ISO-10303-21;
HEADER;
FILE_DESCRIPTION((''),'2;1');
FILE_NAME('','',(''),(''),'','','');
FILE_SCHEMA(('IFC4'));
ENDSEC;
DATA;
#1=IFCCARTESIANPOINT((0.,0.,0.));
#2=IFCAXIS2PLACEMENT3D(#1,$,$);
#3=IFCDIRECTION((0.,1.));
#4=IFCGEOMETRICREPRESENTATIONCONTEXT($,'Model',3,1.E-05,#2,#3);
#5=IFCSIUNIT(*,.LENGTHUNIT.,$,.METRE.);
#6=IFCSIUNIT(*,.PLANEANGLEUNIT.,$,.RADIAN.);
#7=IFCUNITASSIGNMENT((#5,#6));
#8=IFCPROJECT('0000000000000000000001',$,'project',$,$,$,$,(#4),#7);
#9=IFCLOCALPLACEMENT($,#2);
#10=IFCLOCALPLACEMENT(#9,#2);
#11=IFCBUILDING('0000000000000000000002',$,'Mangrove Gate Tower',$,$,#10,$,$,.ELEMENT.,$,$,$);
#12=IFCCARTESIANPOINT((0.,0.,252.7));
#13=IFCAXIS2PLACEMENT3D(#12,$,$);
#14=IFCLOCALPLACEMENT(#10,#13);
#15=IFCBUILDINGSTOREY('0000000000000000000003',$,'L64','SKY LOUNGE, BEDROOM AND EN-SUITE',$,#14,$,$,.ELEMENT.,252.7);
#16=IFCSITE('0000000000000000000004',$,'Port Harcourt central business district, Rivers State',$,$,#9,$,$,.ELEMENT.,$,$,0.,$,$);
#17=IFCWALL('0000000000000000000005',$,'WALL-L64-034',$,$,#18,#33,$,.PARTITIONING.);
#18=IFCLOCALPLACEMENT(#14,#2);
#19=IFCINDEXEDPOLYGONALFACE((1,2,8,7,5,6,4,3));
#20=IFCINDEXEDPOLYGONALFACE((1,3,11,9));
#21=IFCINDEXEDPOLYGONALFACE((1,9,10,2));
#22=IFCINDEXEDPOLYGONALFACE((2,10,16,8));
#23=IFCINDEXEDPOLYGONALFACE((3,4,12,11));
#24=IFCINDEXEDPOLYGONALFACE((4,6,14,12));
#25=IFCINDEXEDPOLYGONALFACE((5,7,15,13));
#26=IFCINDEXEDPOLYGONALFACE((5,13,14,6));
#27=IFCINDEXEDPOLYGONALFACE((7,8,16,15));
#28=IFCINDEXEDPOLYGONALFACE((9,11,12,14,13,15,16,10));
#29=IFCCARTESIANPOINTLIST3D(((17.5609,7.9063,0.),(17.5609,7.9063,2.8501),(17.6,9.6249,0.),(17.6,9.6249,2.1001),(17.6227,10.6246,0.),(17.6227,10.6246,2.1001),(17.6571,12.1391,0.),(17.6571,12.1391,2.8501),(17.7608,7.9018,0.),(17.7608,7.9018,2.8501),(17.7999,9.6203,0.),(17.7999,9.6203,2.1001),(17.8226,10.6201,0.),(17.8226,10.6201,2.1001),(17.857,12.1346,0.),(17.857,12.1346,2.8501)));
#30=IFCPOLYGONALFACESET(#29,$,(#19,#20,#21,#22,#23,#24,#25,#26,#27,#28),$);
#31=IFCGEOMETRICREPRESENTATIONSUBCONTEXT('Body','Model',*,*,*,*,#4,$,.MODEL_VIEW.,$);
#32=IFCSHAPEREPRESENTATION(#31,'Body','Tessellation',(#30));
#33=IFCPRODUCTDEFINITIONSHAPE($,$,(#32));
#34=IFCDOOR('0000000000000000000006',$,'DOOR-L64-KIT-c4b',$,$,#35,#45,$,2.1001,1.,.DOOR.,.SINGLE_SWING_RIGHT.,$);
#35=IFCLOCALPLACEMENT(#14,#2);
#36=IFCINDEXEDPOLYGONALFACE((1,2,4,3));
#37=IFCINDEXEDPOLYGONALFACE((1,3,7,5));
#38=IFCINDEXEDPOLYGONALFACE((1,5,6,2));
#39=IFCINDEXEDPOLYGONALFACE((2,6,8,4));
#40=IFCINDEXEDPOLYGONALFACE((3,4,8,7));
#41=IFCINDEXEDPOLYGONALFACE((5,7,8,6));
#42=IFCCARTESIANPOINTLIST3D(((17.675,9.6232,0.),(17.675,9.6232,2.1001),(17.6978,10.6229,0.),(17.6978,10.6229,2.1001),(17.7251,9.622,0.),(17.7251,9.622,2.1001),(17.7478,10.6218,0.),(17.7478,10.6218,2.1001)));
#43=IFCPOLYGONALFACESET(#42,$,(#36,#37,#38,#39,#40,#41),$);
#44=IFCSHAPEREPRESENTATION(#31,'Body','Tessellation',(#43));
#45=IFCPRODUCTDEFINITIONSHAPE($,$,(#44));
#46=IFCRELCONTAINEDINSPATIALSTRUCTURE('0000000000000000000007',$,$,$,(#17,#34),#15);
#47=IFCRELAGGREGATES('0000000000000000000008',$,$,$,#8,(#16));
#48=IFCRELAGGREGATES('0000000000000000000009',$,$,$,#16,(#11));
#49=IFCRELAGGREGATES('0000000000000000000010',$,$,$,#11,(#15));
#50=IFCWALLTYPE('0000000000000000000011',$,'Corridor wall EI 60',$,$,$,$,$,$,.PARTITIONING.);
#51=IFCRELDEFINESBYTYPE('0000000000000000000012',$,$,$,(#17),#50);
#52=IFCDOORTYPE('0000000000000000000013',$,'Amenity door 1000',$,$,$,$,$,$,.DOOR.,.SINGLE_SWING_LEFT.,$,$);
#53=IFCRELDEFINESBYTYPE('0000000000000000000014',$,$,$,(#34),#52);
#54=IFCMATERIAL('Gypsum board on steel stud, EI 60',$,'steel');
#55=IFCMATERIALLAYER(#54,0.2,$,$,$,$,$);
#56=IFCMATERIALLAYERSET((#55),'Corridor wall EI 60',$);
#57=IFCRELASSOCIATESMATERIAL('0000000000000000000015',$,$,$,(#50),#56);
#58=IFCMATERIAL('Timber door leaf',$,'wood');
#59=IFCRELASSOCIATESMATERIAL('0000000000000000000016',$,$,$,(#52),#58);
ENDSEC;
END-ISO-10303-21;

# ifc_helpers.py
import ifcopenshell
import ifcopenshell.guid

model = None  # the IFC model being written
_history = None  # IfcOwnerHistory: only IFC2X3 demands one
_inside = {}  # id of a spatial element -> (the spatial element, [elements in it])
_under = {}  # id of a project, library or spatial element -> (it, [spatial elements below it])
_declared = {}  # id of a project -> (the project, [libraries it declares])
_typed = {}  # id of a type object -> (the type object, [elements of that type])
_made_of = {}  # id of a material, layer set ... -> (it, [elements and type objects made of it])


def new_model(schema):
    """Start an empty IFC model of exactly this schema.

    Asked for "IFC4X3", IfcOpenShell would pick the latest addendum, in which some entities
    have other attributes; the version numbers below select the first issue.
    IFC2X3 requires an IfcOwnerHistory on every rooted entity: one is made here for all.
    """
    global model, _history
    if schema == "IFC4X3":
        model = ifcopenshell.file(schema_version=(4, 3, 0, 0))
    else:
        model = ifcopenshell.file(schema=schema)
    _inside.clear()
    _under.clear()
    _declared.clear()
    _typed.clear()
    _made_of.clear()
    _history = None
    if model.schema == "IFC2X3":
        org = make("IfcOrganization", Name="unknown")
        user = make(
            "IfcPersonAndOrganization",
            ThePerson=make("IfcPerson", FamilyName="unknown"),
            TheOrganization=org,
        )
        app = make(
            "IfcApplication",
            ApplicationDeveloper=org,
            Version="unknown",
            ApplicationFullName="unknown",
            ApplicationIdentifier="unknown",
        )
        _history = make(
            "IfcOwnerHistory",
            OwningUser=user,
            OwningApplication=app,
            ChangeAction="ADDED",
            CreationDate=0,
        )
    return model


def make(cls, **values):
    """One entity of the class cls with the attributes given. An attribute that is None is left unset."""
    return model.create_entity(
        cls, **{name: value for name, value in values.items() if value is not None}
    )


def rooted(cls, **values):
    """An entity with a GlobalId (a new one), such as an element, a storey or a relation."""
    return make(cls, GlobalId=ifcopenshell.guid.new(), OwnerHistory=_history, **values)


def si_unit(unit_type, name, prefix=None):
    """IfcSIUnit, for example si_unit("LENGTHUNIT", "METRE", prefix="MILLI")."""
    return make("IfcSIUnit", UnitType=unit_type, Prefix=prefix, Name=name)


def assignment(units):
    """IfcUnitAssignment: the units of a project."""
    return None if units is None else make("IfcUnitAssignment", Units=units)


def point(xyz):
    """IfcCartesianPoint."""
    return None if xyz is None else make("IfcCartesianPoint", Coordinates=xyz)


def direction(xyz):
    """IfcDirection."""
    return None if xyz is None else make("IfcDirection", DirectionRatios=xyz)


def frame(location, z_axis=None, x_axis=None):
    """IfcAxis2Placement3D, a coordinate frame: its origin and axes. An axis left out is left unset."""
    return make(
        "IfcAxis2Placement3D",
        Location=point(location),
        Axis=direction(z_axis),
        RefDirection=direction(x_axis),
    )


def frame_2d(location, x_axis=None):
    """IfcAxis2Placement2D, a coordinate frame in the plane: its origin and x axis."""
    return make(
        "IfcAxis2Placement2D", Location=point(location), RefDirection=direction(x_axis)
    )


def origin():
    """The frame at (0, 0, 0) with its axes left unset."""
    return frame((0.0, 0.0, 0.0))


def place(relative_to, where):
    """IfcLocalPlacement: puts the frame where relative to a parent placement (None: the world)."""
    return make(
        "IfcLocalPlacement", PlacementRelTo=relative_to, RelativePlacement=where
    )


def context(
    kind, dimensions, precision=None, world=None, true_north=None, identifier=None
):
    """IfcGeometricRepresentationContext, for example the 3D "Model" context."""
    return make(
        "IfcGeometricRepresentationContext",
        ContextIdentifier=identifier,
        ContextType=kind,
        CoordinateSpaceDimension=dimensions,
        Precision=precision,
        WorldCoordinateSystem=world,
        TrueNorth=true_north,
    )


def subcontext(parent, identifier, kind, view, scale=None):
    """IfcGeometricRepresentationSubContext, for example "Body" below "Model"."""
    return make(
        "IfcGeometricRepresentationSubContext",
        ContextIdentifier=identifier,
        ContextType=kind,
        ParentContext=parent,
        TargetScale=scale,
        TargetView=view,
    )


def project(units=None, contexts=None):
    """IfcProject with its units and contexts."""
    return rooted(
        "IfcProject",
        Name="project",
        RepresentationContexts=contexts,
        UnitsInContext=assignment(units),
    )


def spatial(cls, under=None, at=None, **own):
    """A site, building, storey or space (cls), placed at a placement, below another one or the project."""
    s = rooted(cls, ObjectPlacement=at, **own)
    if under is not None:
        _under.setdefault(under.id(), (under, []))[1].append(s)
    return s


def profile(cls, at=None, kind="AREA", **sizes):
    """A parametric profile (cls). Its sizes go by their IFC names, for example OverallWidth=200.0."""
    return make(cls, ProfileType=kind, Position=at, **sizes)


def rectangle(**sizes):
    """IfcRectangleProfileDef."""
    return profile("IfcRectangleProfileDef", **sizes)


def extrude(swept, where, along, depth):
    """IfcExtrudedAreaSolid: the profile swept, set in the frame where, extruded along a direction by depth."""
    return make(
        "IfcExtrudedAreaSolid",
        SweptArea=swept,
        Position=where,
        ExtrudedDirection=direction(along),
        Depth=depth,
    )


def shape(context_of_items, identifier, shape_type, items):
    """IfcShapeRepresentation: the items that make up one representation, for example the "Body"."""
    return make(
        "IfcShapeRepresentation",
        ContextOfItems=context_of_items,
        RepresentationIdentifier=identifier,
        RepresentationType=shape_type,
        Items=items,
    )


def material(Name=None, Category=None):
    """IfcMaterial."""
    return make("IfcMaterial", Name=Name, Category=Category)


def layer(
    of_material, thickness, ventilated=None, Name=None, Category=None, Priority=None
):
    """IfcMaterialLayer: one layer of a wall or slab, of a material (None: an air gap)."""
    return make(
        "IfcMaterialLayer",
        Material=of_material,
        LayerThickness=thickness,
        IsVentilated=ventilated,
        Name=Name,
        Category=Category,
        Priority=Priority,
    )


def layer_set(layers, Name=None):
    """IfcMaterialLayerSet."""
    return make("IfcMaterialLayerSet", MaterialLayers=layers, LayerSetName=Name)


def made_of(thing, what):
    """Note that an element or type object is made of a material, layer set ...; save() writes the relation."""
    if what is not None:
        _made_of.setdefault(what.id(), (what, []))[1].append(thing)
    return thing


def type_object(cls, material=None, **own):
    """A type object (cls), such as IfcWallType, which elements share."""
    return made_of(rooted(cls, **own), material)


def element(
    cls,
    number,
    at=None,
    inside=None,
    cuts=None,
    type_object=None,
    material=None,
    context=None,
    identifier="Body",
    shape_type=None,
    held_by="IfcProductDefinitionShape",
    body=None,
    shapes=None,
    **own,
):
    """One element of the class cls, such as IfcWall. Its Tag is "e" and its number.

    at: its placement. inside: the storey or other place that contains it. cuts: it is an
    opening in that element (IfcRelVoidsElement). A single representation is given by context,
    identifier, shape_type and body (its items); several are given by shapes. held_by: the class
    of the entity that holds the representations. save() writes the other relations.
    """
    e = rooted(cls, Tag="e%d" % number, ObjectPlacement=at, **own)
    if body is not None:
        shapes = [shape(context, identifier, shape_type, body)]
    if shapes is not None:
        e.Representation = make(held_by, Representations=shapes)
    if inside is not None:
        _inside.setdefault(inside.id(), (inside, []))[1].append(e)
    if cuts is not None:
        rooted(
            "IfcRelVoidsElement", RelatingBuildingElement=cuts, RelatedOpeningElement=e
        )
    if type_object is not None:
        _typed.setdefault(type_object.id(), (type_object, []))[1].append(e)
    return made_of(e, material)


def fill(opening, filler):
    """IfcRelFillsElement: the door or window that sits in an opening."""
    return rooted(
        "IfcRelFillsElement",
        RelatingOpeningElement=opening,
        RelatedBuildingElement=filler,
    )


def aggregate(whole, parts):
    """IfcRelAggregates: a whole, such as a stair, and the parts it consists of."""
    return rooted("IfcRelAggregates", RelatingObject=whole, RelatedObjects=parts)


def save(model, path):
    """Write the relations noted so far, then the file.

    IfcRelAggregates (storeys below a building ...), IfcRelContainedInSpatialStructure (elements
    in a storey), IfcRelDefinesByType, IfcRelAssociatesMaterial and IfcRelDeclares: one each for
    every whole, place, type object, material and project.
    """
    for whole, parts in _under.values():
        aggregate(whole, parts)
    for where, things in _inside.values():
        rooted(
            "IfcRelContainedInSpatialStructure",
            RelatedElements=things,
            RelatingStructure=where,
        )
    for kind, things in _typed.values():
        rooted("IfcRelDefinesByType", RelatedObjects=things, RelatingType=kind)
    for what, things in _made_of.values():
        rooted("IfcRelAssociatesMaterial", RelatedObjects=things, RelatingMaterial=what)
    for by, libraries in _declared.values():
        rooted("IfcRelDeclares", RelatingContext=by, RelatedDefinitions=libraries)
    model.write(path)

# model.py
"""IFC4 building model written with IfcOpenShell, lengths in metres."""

from ifc_helpers import new_model, si_unit, direction, frame, frame_2d, origin, place, context, subcontext, project, spatial, rectangle, extrude, material, layer, layer_set, type_object, element, fill, save


model = new_model("IFC4")

# Units and contexts
model_context = context("Model", 3, precision=1e-05, world=origin(), true_north=direction((0.0, 1.0)))
body_context = subcontext(model_context, "Body", "Model", "MODEL_VIEW")
ifc_project = project(units=[si_unit("LENGTHUNIT", "METRE"), si_unit("PLANEANGLEUNIT", "RADIAN")], contexts=[model_context])

# Site, building, storey
site_placement = place(None, origin())
site = spatial("IfcSite", under=ifc_project, at=site_placement, Name="Port Harcourt central business district, Rivers State", CompositionType="ELEMENT", RefElevation=0.0)
building_placement = place(site_placement, origin())
building = spatial("IfcBuilding", under=site, at=building_placement, Name="Mangrove Gate Tower", CompositionType="ELEMENT")
storey_placement = place(building_placement, frame((0.0, 0.0, 252.7)))
storey = spatial("IfcBuildingStorey", under=building, at=storey_placement, Name="L64", Description="SKY LOUNGE, BEDROOM AND EN-SUITE", CompositionType="ELEMENT", Elevation=252.7)

# Wall, opening, door
ifc_material_1 = material(Name="Gypsum board on steel stud, EI 60", Category="steel")
ifc_layer_1 = layer(ifc_material_1, 0.2)
ifc_layer_set_1 = layer_set([ifc_layer_1], Name="Corridor wall EI 60")
wall_type_1 = type_object("IfcWallType", Name="Corridor wall EI 60", PredefinedType="PARTITIONING", material=ifc_layer_set_1)
wall_1_placement = place(storey_placement, frame((17.6609, 7.9041, 0.0), z_axis=(0.0, 0.0, 1.0), x_axis=(0.022719, 0.999742, 0.0)))
wall_1 = element("IfcWall", 1, at=wall_1_placement, inside=storey, type_object=wall_type_1, Name="WALL-L64-034", PredefinedType="PARTITIONING", context=body_context, shape_type="SweptSolid", body=[
    extrude(rectangle(XDim=4.2339, YDim=0.2, at=frame_2d((2.1169, 0.0))), origin(), (0.0, 0.0, 1.0), 2.8501),
])
opening_1_placement = place(wall_1_placement, frame((1.719, 0.0, 0.0)))
opening_1 = element("IfcOpeningElement", 2, at=opening_1_placement, cuts=wall_1, PredefinedType="OPENING", context=body_context, shape_type="SweptSolid", body=[
    extrude(rectangle(XDim=1.0, YDim=2.1001, at=frame_2d((0.5, 1.05))), frame((0.0, 0.1099, 0.0), z_axis=(0.0, -1.0, 0.0), x_axis=(1.0, 0.0, 0.0)), (0.0, 0.0, 1.0), 0.22),
])
ifc_material_2 = material(Name="Timber door leaf", Category="wood")
door_type_1 = type_object("IfcDoorType", Name="Amenity door 1000", OperationType="SINGLE_SWING_LEFT", PredefinedType="DOOR", material=ifc_material_2)
door_1_placement = place(opening_1_placement, origin())
door_1 = element("IfcDoor", 3, at=door_1_placement, inside=storey, type_object=door_type_1, Name="DOOR-L64-KIT-c4b", OperationType="SINGLE_SWING_RIGHT", OverallHeight=2.1001, OverallWidth=1.0, PredefinedType="DOOR", context=body_context, shape_type="SweptSolid", body=[
    extrude(rectangle(XDim=1.0, YDim=2.1001, at=frame_2d((0.5, 1.05))), frame((0.0, 0.0249, 0.0), z_axis=(0.0, -1.0, 0.0), x_axis=(1.0, 0.0, 0.0)), (0.0, 0.0, 1.0), 0.05),
])
fill(opening_1, door_1)

save(model, "model.ifc")
